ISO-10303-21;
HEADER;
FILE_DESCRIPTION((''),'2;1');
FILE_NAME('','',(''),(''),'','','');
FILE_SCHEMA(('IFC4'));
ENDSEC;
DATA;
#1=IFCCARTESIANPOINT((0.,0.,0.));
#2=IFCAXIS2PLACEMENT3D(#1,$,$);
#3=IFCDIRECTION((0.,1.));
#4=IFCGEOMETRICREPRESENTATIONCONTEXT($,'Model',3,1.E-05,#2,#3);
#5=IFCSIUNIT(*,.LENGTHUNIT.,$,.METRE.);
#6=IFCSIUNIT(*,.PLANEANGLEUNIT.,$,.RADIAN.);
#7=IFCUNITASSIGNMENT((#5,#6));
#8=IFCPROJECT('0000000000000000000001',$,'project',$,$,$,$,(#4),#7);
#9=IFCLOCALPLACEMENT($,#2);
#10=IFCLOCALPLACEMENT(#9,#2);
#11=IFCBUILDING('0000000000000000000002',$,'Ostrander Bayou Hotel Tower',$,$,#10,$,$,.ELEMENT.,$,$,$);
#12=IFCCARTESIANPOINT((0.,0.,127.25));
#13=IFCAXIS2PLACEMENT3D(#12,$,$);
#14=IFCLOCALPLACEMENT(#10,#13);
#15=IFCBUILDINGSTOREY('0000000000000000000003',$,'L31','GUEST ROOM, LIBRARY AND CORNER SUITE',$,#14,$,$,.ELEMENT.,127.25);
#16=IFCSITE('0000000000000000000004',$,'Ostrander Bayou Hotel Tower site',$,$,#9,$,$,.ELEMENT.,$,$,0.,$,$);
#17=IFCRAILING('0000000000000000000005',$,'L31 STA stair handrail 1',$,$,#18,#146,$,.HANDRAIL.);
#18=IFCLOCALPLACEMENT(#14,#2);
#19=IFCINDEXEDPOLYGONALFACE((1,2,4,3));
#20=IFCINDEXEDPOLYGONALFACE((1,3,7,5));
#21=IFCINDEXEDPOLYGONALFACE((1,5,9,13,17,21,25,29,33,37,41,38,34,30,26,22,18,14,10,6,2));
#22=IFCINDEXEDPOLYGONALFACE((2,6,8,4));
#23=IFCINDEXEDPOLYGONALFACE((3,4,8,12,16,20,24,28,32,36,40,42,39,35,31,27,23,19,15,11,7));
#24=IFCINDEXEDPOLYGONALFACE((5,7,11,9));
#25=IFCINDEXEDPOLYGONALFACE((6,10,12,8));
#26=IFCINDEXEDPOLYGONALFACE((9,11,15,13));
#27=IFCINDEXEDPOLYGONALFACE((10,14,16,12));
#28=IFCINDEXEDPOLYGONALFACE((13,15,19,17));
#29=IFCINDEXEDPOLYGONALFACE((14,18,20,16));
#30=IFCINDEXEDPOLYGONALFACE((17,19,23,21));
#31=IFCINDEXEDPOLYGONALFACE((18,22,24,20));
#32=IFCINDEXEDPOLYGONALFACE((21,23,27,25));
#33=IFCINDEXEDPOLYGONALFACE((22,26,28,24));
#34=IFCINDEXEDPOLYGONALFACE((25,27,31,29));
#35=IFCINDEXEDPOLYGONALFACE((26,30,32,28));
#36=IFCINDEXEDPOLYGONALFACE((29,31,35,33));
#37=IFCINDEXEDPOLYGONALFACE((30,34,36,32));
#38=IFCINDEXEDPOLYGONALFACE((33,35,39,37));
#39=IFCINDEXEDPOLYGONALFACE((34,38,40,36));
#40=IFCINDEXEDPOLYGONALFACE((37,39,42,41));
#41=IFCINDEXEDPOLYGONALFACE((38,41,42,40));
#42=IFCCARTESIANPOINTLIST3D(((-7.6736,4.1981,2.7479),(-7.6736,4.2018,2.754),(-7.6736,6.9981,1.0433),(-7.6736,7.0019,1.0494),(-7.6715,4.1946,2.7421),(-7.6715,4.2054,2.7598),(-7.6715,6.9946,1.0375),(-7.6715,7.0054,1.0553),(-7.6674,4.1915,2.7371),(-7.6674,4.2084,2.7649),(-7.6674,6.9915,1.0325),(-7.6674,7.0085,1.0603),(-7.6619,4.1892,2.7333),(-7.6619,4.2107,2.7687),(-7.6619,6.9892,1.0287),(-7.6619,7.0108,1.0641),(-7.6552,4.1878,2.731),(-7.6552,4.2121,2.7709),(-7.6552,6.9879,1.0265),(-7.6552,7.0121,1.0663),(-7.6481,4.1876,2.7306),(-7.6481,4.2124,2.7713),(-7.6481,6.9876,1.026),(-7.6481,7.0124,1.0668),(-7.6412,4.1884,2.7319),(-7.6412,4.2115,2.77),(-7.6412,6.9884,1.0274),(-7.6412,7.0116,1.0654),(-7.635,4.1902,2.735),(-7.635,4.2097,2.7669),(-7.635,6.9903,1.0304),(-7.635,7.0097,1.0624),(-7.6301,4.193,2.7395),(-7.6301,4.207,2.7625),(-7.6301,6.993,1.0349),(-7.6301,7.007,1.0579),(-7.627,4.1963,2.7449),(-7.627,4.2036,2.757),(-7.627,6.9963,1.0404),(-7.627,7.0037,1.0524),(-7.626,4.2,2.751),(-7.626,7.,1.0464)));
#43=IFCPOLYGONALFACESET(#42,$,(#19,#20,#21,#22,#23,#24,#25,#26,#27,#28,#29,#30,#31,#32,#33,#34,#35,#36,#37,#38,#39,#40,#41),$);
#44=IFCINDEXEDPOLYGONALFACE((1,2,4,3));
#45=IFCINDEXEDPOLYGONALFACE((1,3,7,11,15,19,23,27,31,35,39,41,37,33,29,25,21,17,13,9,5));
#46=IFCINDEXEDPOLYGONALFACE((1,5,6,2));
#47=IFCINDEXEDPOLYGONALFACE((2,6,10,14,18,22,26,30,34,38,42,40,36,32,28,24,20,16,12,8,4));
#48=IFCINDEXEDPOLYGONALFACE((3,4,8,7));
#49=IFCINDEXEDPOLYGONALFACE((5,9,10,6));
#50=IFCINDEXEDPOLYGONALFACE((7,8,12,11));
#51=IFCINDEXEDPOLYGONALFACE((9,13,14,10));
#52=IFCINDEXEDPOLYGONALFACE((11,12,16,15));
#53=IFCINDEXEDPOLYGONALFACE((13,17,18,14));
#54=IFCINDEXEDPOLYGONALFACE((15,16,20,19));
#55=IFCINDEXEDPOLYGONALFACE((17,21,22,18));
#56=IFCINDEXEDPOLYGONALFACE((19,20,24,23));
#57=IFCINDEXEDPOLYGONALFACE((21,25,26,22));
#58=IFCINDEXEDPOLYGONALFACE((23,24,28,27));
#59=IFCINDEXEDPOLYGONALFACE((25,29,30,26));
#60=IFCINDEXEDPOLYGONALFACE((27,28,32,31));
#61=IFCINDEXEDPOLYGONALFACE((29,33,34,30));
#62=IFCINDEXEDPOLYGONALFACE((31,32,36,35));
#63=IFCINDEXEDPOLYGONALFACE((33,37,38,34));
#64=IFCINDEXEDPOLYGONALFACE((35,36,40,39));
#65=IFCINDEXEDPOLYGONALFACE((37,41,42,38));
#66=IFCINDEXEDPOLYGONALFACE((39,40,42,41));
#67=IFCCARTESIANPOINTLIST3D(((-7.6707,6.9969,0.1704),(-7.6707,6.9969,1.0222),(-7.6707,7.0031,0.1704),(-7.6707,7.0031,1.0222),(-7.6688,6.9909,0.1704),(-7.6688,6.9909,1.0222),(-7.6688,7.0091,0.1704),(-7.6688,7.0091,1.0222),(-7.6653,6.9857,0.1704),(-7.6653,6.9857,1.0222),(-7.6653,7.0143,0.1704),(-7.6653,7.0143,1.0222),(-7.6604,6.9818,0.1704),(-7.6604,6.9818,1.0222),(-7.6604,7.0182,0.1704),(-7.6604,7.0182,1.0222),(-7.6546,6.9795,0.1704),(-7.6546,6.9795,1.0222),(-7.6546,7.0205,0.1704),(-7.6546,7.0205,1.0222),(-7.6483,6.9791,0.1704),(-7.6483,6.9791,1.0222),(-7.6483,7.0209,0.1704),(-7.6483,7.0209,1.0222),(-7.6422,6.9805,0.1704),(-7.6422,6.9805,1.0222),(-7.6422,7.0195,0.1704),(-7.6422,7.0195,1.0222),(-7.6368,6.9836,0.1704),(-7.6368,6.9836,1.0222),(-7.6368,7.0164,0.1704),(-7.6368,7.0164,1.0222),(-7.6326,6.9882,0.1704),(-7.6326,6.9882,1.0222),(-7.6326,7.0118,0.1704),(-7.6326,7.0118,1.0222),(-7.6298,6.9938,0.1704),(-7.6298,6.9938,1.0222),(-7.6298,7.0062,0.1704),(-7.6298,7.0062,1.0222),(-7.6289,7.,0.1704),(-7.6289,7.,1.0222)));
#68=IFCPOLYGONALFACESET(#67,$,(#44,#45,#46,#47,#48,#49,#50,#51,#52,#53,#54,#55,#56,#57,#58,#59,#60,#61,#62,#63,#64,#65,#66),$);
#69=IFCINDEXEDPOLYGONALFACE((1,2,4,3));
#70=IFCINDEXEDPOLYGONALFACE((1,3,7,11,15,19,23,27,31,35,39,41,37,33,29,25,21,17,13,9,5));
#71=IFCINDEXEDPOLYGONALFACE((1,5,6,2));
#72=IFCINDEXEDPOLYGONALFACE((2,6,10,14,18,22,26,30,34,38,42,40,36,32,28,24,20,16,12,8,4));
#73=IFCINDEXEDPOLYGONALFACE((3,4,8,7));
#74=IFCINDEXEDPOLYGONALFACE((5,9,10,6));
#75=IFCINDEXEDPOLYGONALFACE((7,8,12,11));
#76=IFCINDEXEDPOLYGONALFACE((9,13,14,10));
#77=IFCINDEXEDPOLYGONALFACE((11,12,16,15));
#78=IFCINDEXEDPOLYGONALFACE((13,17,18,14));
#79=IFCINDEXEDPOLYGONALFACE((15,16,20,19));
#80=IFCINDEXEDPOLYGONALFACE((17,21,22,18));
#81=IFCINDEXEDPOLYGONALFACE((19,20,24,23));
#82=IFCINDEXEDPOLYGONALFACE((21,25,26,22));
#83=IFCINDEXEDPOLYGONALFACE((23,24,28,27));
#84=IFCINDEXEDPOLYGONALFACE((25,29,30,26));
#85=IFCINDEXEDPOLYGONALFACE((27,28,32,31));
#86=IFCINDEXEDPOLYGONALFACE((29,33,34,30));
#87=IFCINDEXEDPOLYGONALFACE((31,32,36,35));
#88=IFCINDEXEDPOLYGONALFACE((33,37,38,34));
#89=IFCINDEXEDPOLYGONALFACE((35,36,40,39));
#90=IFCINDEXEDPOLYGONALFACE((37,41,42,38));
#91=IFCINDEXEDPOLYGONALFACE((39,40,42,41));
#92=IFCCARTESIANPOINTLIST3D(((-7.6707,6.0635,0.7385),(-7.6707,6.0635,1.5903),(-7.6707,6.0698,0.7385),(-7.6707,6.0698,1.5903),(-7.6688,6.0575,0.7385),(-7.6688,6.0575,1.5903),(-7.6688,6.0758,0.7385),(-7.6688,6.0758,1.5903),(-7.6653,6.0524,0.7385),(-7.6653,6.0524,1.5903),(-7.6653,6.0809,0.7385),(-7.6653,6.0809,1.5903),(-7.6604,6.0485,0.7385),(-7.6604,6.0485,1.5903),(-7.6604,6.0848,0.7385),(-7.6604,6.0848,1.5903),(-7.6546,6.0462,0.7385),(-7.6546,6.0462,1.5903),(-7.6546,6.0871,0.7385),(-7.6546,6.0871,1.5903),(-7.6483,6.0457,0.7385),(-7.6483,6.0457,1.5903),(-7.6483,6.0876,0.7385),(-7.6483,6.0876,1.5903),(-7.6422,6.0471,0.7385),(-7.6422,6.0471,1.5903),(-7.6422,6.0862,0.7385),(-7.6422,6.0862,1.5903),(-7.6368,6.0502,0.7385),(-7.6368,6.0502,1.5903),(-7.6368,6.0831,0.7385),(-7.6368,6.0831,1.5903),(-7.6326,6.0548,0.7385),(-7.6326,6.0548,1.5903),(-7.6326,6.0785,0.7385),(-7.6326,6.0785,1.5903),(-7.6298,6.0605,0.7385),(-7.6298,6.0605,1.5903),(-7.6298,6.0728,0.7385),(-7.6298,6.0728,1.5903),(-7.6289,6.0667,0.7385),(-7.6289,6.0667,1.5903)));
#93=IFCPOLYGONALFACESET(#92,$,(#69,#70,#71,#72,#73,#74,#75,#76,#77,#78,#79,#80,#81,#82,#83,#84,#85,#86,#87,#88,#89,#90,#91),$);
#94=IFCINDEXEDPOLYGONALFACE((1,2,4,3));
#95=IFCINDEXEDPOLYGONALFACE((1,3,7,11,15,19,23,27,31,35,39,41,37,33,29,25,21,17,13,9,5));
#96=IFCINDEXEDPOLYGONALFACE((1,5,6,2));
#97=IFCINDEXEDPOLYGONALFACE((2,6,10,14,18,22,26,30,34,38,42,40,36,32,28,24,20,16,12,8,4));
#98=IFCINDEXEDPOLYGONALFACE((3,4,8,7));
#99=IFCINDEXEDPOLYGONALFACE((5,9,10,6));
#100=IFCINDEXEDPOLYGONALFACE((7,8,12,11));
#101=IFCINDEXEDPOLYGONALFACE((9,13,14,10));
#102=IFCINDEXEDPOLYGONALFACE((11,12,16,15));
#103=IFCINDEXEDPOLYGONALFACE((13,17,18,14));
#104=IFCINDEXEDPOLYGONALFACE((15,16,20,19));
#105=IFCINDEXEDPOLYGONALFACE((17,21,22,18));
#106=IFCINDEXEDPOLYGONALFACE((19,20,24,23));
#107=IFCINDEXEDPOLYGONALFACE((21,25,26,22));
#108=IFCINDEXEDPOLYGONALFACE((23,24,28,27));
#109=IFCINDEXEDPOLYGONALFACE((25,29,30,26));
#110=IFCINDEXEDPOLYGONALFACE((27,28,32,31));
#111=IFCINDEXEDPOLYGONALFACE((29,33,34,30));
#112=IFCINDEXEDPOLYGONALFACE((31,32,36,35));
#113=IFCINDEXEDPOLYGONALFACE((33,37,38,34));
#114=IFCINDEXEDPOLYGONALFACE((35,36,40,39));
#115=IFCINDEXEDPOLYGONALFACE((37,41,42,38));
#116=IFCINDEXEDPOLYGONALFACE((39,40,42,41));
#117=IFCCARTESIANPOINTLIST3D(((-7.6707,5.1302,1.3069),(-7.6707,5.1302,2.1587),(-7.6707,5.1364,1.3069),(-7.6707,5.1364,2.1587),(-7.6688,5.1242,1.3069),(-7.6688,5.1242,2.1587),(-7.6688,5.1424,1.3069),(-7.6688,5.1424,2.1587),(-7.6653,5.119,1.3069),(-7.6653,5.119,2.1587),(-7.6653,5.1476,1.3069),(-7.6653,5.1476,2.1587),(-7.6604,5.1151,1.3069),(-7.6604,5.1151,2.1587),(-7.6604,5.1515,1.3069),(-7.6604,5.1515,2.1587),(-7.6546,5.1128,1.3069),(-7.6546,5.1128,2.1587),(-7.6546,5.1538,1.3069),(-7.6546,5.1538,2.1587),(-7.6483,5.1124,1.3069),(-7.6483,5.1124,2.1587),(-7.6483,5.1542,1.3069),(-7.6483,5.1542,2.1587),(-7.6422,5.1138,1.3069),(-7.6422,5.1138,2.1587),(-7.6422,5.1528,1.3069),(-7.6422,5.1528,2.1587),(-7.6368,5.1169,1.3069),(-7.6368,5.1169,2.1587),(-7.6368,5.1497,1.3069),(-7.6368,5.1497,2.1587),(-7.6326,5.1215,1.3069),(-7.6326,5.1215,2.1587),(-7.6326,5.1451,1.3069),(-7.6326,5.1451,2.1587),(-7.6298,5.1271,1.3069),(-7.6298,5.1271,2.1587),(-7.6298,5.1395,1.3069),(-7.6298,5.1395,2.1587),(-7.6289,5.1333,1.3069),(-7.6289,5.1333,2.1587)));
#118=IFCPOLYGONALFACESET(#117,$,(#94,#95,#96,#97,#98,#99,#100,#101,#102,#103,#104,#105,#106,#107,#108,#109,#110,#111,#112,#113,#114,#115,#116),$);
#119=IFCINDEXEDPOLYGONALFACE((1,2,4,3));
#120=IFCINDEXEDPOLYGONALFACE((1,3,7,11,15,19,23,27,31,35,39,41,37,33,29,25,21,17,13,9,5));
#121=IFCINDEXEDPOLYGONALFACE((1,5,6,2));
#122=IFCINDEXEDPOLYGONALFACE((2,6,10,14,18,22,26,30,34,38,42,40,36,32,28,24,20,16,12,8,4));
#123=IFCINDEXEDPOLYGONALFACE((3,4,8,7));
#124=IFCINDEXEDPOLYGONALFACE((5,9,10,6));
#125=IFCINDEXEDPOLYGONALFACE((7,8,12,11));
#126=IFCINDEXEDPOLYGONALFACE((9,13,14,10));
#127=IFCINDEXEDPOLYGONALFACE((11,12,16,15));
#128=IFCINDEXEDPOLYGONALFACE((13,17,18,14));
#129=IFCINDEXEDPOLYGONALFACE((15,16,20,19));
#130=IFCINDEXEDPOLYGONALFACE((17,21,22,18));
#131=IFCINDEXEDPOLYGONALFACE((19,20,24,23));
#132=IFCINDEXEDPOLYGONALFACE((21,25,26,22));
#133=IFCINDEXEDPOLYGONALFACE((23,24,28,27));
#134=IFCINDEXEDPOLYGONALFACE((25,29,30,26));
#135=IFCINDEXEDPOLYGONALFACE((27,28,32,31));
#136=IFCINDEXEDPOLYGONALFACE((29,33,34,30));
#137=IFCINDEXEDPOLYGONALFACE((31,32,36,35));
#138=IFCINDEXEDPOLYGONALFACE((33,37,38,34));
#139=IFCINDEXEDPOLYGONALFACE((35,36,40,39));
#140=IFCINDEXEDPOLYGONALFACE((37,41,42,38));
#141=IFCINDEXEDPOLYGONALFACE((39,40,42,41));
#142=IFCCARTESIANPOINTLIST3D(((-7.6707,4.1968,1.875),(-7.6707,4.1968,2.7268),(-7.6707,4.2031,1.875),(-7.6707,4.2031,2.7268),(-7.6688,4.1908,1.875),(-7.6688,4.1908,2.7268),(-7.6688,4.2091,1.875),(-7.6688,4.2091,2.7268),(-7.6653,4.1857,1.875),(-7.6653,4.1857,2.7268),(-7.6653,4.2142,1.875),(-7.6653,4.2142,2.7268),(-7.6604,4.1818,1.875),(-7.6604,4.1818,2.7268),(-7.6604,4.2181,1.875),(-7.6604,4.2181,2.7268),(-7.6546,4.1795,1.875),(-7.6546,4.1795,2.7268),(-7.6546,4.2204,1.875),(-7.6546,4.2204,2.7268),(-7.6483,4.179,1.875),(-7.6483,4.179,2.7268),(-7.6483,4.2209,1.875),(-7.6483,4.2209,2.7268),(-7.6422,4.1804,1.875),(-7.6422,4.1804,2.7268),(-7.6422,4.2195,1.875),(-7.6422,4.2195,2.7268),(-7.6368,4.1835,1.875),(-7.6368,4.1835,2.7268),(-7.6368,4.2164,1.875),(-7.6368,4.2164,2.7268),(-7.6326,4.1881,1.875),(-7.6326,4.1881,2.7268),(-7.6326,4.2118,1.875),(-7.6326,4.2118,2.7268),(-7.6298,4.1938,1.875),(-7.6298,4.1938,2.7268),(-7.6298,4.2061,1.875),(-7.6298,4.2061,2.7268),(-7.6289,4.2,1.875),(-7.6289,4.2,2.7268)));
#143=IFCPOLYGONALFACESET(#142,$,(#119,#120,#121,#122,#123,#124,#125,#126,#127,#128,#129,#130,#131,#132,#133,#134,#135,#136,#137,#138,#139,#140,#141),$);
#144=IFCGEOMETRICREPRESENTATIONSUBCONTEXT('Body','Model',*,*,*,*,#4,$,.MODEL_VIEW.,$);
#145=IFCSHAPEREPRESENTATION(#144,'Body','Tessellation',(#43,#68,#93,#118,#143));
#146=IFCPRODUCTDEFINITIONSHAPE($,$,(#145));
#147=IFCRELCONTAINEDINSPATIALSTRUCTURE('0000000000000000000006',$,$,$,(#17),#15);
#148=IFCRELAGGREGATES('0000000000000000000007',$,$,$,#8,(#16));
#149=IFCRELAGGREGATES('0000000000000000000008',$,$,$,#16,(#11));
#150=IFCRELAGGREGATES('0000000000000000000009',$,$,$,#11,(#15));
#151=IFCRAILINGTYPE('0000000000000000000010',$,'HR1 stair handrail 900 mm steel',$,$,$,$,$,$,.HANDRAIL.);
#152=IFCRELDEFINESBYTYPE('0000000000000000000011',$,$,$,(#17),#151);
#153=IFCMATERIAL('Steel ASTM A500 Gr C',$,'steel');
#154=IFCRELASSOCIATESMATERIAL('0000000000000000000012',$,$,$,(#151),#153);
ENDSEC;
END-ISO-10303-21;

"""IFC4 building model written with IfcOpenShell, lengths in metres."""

from ifc_helpers import new_model, si_unit, direction, frame, origin, origin_2d, place, context, subcontext, project, spatial, circle, extrude, material, type_object, element, save


model = new_model("IFC4")

# Units and contexts
model_context = context("Model", 3, precision=1e-05, world=origin(), true_north=direction((0.0, 1.0)))
body_context = subcontext(model_context, "Body", "Model", "MODEL_VIEW")
ifc_project = project(units=[si_unit("LENGTHUNIT", "METRE"), si_unit("PLANEANGLEUNIT", "RADIAN")], contexts=[model_context])

# Site, building, storey
site_placement = place(None, origin())
site = spatial("IfcSite", under=ifc_project, at=site_placement, Name="Ostrander Bayou Hotel Tower site", CompositionType="ELEMENT", RefElevation=0.0)
building_placement = place(site_placement, origin())
building = spatial("IfcBuilding", under=site, at=building_placement, Name="Ostrander Bayou Hotel Tower", CompositionType="ELEMENT")
storey_placement = place(building_placement, frame((0.0, 0.0, 127.25)))
storey = spatial("IfcBuildingStorey", under=building, at=storey_placement, Name="L31", Description="GUEST ROOM, LIBRARY AND CORNER SUITE", CompositionType="ELEMENT", Elevation=127.25)

# Railing
ifc_material_1 = material(Name="Steel ASTM A500 Gr C", Category="steel")
railing_type_1 = type_object("IfcRailingType", Name="HR1 stair handrail 900 mm steel", PredefinedType="HANDRAIL", material=ifc_material_1)
railing_1_placement = place(storey_placement, frame((-7.6499, 7.0, 0.1704)))
element("IfcRailing", 1, at=railing_1_placement, inside=storey, type_object=railing_type_1, Name="L31 STA stair handrail 1", PredefinedType="HANDRAIL", context=body_context, shape_type="SweptSolid", body=[
    extrude(circle(Radius=0.0239, at=origin_2d()), frame((0.0, 0.0, 0.876), z_axis=(0.0, -0.85417, 0.519994), x_axis=(1.0, 0.0, 0.0)), (0.0, 0.0, 1.0), 3.2781),
    extrude(circle(Radius=0.021, at=origin_2d()), origin(), (0.0, 0.0, 1.0), 0.8518),
    extrude(circle(Radius=0.021, at=origin_2d()), frame((0.0, -0.9333, 0.5681)), (0.0, 0.0, 1.0), 0.8518),
    extrude(circle(Radius=0.021, at=origin_2d()), frame((0.0, -1.8667, 1.1365)), (0.0, 0.0, 1.0), 0.8518),
    extrude(circle(Radius=0.021, at=origin_2d()), frame((0.0, -2.8, 1.7046)), (0.0, 0.0, 1.0), 0.8518),
])

save(model, "model.ifc")
